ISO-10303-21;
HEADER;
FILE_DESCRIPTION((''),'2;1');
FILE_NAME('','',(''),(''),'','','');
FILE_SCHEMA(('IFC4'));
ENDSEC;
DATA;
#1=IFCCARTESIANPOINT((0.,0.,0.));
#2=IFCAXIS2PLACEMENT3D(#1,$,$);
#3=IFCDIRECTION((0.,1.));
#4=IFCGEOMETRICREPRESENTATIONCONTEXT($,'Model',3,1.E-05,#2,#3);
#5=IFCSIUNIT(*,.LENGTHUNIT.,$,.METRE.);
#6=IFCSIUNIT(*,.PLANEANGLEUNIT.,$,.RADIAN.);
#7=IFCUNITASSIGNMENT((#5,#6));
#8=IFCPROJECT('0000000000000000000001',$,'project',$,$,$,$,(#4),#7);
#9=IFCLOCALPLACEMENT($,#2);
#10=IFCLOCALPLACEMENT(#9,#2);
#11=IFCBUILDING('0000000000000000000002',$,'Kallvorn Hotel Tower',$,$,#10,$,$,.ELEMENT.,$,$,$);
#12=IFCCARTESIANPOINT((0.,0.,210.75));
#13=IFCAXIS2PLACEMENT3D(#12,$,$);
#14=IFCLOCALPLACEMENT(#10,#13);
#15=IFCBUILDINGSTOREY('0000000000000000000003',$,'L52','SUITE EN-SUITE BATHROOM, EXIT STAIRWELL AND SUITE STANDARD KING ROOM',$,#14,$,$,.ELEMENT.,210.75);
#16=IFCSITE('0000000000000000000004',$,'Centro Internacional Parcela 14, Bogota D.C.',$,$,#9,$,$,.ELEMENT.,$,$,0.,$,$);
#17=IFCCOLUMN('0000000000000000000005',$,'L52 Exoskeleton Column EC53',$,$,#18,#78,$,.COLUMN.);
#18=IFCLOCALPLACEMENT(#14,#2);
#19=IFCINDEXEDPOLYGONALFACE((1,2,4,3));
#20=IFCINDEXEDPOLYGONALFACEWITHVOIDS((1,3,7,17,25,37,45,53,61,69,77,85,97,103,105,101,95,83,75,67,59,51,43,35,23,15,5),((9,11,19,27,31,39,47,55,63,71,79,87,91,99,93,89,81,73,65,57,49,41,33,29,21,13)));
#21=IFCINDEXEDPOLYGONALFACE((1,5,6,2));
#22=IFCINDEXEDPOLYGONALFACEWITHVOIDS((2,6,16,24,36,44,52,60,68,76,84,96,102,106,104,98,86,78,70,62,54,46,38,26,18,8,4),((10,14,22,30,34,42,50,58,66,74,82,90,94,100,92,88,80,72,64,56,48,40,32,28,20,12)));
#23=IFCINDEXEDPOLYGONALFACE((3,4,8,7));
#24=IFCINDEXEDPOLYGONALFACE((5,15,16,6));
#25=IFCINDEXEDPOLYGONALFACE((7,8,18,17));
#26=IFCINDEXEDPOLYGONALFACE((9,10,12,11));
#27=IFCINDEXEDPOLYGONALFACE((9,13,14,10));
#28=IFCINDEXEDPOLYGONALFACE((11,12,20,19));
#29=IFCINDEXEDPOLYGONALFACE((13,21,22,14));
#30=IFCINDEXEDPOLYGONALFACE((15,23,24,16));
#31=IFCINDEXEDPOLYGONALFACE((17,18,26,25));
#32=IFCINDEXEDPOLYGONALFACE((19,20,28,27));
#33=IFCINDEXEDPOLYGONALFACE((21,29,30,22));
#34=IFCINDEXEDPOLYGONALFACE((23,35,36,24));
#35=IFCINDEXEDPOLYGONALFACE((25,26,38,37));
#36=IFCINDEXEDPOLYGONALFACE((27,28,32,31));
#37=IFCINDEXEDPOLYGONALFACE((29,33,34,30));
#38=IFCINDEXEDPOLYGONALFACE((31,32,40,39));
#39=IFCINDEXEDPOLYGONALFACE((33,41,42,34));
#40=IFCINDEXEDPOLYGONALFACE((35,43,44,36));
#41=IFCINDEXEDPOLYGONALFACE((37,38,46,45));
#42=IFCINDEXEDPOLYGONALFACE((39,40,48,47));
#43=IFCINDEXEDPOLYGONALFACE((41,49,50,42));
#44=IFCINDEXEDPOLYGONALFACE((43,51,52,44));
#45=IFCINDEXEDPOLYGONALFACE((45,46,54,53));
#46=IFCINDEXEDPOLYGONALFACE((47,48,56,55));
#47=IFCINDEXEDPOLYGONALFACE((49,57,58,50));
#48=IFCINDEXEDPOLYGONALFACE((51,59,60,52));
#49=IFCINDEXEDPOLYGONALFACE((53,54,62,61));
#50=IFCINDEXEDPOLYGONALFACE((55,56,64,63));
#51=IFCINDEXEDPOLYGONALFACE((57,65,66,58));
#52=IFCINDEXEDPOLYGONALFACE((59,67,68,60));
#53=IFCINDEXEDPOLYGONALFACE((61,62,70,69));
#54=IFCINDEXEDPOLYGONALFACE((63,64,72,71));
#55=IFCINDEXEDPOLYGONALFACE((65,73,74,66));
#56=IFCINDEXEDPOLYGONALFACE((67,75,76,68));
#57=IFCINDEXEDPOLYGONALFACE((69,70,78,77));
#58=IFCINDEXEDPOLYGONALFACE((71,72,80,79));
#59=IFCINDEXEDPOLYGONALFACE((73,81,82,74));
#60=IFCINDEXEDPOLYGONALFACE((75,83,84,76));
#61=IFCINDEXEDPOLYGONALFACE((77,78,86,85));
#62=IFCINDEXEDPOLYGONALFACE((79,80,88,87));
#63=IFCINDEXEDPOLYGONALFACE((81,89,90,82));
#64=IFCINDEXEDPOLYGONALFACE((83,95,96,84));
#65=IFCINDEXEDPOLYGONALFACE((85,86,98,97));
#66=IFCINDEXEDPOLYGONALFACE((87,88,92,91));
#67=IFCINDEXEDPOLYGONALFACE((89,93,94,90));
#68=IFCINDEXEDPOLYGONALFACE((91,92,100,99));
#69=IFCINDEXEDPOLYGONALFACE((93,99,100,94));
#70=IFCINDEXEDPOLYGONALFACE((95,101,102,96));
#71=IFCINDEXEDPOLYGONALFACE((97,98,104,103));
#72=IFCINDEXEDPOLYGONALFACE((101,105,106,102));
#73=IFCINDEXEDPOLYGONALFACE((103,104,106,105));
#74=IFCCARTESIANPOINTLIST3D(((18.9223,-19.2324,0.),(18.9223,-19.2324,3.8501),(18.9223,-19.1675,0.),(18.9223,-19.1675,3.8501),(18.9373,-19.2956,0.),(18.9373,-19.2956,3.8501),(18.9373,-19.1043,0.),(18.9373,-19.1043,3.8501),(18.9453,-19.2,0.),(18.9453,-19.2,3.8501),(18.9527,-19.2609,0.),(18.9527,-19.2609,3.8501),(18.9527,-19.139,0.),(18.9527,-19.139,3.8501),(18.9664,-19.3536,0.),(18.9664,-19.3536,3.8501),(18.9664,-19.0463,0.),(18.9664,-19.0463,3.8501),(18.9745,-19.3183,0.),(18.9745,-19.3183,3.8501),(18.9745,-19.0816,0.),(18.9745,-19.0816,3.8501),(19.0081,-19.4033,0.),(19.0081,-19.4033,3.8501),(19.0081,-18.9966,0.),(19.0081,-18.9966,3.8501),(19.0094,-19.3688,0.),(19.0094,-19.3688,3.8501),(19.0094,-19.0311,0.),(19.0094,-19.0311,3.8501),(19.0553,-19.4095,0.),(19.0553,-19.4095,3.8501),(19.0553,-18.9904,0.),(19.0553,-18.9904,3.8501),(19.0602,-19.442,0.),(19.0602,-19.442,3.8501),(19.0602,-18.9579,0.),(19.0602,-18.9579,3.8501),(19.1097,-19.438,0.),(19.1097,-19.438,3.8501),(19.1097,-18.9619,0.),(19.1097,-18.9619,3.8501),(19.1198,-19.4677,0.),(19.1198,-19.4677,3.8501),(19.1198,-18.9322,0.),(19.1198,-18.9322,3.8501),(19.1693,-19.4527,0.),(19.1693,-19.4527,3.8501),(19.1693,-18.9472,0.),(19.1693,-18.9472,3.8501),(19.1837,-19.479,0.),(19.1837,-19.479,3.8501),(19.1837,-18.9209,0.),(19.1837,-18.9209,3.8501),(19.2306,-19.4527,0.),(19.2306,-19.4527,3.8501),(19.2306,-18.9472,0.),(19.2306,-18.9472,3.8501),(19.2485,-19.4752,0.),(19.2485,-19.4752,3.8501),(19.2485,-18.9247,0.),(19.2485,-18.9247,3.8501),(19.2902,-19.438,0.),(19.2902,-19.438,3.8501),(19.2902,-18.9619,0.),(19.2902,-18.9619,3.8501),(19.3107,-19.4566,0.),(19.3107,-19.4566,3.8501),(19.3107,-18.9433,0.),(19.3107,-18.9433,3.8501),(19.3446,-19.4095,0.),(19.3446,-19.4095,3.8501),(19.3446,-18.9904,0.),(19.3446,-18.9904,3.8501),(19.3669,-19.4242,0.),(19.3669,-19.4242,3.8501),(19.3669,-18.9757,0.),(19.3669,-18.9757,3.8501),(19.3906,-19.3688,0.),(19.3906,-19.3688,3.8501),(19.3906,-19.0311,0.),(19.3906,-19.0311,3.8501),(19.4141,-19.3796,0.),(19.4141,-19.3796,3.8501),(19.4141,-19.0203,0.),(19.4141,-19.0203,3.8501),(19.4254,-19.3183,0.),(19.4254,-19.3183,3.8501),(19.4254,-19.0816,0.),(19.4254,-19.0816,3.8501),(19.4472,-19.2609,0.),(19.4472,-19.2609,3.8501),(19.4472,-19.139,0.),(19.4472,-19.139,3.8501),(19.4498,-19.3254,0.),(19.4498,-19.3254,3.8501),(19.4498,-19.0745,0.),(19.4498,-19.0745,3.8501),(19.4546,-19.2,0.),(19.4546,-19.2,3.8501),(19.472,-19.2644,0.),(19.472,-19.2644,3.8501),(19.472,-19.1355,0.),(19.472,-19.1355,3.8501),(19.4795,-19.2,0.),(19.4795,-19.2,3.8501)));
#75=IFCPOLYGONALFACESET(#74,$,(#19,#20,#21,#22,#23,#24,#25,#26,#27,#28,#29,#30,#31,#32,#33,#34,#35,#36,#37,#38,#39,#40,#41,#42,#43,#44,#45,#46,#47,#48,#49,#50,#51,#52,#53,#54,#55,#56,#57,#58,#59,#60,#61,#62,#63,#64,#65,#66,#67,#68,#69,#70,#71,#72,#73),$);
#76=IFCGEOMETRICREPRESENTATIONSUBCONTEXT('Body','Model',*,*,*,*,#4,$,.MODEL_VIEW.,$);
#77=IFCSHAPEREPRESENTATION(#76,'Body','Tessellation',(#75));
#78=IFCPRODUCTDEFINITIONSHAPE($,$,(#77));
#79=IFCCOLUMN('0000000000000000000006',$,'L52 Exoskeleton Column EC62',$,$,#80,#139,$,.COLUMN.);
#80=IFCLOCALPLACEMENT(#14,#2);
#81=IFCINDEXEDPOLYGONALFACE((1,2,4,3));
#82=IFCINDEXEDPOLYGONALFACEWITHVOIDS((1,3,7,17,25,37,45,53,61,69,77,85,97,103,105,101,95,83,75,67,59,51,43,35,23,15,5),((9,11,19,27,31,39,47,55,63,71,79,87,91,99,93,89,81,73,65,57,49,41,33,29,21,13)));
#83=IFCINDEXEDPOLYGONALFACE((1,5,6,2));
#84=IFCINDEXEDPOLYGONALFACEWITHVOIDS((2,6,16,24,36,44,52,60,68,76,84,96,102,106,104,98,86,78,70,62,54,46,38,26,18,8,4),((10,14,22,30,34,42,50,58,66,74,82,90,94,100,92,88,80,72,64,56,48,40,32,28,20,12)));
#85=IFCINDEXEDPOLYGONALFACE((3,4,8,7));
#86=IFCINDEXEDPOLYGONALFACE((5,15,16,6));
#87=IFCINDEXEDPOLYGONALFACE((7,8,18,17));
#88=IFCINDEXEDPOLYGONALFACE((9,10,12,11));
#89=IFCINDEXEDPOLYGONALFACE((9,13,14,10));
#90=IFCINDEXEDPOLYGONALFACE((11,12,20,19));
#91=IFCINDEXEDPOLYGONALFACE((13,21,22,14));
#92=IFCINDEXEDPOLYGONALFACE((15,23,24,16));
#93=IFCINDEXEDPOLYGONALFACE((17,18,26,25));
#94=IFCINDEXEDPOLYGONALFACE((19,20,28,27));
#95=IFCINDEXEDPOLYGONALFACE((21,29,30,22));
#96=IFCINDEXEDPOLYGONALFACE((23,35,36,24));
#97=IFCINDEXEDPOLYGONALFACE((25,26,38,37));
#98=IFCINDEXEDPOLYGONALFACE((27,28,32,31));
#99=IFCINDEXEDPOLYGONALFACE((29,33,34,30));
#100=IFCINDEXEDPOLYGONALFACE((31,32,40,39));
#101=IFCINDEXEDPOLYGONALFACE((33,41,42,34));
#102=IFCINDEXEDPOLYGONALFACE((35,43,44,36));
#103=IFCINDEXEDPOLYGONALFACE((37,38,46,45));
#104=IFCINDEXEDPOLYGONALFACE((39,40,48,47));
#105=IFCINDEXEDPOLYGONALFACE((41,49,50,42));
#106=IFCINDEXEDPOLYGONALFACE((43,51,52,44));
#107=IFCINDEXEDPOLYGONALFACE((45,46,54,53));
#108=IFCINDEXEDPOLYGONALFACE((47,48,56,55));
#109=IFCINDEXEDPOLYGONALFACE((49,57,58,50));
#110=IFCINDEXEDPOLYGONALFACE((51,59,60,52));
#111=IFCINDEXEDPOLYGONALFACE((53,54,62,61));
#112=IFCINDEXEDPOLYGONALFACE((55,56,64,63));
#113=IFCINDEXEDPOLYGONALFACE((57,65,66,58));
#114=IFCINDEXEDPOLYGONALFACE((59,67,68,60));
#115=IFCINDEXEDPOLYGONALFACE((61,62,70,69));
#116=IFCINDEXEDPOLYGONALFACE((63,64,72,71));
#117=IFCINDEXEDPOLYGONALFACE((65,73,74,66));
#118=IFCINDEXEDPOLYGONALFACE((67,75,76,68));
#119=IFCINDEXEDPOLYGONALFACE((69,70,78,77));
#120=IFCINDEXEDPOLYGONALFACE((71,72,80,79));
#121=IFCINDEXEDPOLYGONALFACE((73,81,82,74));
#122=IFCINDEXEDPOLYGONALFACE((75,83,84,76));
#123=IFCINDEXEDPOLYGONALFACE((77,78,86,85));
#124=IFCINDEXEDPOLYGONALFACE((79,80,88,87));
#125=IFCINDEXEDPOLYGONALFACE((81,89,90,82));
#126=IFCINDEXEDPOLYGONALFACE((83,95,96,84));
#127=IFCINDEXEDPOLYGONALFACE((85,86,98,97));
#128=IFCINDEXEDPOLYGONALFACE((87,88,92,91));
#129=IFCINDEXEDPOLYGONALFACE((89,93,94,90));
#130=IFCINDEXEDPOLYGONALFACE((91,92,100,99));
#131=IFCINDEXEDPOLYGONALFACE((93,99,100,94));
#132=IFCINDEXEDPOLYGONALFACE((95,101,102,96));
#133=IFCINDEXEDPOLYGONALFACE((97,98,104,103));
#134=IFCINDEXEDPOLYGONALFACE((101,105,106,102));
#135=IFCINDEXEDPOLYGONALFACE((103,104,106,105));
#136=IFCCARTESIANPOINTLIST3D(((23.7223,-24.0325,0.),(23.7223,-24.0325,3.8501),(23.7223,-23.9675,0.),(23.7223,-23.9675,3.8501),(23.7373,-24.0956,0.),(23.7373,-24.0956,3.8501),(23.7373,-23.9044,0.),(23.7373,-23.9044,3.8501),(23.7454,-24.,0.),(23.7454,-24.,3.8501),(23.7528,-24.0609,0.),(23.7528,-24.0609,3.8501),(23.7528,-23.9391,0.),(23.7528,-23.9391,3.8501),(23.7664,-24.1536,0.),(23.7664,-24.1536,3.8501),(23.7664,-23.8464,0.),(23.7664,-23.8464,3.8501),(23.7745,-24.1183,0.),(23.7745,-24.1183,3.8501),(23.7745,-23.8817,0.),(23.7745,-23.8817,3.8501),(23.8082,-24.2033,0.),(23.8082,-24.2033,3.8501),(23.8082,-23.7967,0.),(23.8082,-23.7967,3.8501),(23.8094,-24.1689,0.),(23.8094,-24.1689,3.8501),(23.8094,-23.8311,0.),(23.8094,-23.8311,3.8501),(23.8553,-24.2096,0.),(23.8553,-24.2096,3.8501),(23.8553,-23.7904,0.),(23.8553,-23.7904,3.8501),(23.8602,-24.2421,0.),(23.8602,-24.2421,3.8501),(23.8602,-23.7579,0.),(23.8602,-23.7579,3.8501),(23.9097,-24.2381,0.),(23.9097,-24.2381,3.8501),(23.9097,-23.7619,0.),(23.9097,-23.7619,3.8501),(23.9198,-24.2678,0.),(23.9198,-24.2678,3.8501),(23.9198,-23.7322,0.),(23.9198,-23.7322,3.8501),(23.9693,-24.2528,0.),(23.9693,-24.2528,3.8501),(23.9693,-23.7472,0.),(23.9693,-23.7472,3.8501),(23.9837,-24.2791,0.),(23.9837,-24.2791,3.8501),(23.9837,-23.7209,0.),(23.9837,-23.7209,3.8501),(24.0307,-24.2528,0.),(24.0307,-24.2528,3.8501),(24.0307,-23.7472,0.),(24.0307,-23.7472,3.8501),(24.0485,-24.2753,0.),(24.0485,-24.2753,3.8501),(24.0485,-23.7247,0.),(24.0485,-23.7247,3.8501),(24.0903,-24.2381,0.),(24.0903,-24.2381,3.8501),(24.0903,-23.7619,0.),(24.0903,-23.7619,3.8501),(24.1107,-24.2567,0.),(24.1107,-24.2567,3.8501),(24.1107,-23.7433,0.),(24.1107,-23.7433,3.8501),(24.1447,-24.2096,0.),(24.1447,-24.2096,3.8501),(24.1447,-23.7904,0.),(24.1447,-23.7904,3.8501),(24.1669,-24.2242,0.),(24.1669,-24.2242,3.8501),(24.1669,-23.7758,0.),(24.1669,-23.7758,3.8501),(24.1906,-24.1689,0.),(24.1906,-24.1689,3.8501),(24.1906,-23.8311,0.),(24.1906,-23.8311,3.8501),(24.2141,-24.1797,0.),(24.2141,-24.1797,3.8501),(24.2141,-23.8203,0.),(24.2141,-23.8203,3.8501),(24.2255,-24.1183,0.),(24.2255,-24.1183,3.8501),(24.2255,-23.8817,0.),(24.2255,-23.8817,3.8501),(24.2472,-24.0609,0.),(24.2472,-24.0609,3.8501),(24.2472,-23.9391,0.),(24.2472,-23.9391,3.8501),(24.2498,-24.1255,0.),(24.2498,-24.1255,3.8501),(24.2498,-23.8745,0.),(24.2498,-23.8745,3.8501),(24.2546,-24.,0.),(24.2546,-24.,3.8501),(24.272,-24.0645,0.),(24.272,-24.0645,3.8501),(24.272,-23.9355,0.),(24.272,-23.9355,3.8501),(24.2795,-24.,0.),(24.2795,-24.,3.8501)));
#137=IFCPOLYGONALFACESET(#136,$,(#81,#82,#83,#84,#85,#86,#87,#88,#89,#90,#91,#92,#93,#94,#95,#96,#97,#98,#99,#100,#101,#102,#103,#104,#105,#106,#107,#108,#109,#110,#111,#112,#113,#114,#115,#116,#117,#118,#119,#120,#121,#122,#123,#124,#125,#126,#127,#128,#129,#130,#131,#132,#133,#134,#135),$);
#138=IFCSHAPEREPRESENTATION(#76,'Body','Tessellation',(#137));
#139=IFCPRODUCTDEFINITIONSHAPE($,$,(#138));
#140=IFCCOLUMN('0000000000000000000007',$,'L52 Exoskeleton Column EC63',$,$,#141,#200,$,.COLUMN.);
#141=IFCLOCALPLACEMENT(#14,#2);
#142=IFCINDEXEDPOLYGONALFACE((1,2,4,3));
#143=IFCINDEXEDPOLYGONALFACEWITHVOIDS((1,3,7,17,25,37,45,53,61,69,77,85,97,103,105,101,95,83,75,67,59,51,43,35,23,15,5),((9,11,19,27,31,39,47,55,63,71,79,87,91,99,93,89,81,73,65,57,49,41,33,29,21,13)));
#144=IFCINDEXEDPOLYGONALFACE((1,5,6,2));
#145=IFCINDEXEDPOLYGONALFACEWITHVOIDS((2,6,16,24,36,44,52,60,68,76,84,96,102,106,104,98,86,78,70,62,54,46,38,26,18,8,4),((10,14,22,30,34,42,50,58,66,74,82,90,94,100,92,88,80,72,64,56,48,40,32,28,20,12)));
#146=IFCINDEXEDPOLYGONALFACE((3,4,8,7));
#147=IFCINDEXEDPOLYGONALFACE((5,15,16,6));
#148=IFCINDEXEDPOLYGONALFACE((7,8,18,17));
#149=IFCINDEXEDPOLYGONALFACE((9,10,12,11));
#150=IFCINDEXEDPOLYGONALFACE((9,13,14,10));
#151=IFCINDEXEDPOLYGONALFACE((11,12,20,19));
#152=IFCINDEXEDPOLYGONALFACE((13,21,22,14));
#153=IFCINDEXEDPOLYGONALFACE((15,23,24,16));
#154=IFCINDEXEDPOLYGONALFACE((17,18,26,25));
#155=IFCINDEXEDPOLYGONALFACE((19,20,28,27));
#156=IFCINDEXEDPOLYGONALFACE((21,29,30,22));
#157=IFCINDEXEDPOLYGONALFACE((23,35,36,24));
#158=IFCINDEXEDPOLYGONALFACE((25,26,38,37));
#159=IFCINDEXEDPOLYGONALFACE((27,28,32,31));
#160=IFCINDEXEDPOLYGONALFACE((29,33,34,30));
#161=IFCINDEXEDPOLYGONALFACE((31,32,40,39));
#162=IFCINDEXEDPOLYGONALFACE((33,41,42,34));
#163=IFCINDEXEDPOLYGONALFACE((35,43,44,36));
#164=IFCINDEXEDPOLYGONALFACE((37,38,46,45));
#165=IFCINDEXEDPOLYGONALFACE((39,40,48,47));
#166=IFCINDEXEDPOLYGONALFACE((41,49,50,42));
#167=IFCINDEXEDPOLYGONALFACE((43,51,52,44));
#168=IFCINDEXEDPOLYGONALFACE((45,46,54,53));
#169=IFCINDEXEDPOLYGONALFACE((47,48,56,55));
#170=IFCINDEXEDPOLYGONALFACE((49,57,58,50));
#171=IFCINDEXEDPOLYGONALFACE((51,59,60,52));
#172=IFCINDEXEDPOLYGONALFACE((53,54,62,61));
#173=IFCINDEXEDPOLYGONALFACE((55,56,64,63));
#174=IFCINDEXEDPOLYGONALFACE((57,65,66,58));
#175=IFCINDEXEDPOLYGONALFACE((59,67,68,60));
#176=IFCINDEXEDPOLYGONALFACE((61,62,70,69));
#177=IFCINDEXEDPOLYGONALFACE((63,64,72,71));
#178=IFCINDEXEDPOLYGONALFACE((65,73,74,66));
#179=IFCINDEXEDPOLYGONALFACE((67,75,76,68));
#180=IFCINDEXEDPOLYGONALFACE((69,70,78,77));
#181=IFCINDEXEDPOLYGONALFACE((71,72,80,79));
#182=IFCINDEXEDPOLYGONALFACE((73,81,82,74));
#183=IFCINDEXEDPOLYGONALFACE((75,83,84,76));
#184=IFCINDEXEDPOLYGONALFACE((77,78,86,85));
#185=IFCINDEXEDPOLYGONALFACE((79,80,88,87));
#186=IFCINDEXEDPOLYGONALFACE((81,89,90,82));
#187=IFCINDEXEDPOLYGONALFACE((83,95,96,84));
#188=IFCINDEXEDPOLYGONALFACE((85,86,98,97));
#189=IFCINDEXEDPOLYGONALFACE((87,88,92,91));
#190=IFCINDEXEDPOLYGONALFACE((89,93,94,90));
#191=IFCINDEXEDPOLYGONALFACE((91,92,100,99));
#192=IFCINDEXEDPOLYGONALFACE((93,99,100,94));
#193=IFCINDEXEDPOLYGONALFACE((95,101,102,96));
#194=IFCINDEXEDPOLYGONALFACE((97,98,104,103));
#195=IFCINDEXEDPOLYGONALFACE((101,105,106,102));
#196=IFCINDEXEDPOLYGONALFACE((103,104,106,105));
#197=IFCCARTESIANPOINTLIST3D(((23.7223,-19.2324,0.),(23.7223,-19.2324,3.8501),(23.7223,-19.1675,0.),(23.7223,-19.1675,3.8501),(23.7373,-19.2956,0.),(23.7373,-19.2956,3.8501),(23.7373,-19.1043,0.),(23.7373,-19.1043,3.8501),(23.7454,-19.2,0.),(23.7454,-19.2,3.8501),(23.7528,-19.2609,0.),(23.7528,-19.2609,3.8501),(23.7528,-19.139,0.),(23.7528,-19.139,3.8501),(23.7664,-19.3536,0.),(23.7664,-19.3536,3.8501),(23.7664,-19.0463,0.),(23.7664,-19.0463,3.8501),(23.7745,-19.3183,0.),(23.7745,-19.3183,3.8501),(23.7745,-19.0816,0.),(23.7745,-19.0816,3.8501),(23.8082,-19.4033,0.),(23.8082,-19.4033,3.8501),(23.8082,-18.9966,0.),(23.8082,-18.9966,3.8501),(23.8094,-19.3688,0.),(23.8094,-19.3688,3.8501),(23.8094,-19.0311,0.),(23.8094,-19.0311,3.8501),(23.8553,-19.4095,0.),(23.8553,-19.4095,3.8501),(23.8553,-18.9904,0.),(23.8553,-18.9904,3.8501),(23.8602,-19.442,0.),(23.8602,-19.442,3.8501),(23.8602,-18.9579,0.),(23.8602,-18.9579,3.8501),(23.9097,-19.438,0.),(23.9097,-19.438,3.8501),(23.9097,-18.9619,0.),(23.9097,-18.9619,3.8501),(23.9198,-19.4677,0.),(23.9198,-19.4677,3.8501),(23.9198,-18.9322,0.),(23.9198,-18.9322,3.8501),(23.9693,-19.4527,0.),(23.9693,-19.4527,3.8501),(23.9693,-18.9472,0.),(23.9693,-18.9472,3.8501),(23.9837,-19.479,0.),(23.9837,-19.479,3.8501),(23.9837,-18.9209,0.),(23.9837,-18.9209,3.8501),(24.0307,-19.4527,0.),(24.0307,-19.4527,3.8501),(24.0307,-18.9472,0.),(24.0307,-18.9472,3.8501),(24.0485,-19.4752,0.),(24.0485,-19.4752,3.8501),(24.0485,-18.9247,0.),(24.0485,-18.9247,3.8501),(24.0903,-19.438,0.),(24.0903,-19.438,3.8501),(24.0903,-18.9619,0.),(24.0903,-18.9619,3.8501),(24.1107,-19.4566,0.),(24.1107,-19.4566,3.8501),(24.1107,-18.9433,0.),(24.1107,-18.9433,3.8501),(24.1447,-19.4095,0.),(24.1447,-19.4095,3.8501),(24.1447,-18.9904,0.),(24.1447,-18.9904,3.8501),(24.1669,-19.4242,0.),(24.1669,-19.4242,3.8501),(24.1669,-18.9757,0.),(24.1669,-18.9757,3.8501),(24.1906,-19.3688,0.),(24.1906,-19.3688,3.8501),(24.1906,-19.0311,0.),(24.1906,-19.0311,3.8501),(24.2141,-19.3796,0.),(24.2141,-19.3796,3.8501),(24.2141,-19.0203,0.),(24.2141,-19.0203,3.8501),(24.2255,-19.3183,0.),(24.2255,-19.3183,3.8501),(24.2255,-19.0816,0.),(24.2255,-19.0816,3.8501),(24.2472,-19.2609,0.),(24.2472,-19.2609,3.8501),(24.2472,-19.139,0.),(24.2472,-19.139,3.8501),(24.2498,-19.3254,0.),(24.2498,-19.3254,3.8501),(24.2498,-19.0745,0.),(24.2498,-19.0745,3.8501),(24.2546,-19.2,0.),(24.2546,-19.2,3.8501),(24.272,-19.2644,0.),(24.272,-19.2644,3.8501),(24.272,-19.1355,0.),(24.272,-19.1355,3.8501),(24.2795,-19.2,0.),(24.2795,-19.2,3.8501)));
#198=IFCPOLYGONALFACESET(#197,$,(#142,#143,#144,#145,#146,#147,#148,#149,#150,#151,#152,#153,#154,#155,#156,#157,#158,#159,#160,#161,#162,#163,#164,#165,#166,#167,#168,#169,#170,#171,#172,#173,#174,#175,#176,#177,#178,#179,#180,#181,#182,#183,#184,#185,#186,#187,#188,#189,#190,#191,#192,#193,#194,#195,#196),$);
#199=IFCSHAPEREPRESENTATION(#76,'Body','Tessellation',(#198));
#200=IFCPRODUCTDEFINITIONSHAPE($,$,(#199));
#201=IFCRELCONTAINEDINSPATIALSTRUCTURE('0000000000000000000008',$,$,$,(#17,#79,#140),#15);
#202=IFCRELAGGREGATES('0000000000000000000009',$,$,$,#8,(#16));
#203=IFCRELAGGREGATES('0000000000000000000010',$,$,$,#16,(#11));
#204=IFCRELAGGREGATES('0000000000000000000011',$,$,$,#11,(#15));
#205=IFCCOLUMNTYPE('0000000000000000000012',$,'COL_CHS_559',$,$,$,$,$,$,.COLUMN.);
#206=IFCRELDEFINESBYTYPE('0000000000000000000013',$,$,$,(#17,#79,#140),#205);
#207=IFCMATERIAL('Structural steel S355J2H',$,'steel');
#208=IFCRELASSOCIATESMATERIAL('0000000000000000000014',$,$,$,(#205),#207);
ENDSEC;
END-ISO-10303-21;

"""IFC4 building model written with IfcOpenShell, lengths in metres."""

from ifc_helpers import new_model, si_unit, direction, frame, origin, origin_2d, place, context, subcontext, project, spatial, hollow_circle, extrude, material, material_profile, profile_set, type_object, element, save


model = new_model("IFC4")

# Units and contexts
model_context = context("Model", 3, precision=1e-05, world=origin(), true_north=direction((0.0, 1.0)))
body_context = subcontext(model_context, "Body", "Model", "MODEL_VIEW")
ifc_project = project(units=[si_unit("LENGTHUNIT", "METRE"), si_unit("PLANEANGLEUNIT", "RADIAN")], contexts=[model_context])

# Site, building, storey
site_placement = place(None, origin())
site = spatial("IfcSite", under=ifc_project, at=site_placement, Name="Centro Internacional Parcela 14, Bogota D.C.", CompositionType="ELEMENT", RefElevation=0.0)
building_placement = place(site_placement, origin())
building = spatial("IfcBuilding", under=site, at=building_placement, Name="Kallvorn Hotel Tower", CompositionType="ELEMENT")
storey_placement = place(building_placement, frame((0.0, 0.0, 210.75)))
storey = spatial("IfcBuildingStorey", under=building, at=storey_placement, Name="L52", Description="SUITE EN-SUITE BATHROOM, EXIT STAIRWELL AND SUITE STANDARD KING ROOM", CompositionType="ELEMENT", Elevation=210.75)

# Columns
ifc_material_1 = material(Name="Structural steel S355J2H", Category="steel")
ifc_material_profile_1 = material_profile(ifc_material_1, hollow_circle(Radius=0.2795, WallThickness=0.0249, at=origin_2d()), Name="CHS 559x25")
ifc_profile_set_1 = profile_set([ifc_material_profile_1], Name="Structural steel S355J2H")
column_type = type_object("IfcColumnType", Name="COL_CHS_559", PredefinedType="COLUMN", material=ifc_profile_set_1)
for number, where, z_axis, x_axis, name in (
    (1, (19.2, -19.2, 0.0), (0.0, 0.0, 1.0), (1.0, 0.0, 0.0), "L52 Exoskeleton Column EC53"),
    (2, (24.0, -24.0, 0.0), (0.0, 0.0, 1.0), (1.0, 0.0, 0.0), "L52 Exoskeleton Column EC62"),
    (3, (24.0, -19.2, 0.0), (0.0, 0.0, 1.0), (1.0, 0.0, 0.0), "L52 Exoskeleton Column EC63"),
):
    element("IfcColumn", number, at=place(storey_placement, frame(where, z_axis=z_axis, x_axis=x_axis)), inside=storey, type_object=column_type, Name=name, PredefinedType="COLUMN", context=body_context, shape_type="SweptSolid", body=[
        extrude(hollow_circle(Radius=0.2795, WallThickness=0.0249, at=origin_2d()), origin(), (0.0, 0.0, 1.0), 3.8501),
    ])

save(model, "model.ifc")
